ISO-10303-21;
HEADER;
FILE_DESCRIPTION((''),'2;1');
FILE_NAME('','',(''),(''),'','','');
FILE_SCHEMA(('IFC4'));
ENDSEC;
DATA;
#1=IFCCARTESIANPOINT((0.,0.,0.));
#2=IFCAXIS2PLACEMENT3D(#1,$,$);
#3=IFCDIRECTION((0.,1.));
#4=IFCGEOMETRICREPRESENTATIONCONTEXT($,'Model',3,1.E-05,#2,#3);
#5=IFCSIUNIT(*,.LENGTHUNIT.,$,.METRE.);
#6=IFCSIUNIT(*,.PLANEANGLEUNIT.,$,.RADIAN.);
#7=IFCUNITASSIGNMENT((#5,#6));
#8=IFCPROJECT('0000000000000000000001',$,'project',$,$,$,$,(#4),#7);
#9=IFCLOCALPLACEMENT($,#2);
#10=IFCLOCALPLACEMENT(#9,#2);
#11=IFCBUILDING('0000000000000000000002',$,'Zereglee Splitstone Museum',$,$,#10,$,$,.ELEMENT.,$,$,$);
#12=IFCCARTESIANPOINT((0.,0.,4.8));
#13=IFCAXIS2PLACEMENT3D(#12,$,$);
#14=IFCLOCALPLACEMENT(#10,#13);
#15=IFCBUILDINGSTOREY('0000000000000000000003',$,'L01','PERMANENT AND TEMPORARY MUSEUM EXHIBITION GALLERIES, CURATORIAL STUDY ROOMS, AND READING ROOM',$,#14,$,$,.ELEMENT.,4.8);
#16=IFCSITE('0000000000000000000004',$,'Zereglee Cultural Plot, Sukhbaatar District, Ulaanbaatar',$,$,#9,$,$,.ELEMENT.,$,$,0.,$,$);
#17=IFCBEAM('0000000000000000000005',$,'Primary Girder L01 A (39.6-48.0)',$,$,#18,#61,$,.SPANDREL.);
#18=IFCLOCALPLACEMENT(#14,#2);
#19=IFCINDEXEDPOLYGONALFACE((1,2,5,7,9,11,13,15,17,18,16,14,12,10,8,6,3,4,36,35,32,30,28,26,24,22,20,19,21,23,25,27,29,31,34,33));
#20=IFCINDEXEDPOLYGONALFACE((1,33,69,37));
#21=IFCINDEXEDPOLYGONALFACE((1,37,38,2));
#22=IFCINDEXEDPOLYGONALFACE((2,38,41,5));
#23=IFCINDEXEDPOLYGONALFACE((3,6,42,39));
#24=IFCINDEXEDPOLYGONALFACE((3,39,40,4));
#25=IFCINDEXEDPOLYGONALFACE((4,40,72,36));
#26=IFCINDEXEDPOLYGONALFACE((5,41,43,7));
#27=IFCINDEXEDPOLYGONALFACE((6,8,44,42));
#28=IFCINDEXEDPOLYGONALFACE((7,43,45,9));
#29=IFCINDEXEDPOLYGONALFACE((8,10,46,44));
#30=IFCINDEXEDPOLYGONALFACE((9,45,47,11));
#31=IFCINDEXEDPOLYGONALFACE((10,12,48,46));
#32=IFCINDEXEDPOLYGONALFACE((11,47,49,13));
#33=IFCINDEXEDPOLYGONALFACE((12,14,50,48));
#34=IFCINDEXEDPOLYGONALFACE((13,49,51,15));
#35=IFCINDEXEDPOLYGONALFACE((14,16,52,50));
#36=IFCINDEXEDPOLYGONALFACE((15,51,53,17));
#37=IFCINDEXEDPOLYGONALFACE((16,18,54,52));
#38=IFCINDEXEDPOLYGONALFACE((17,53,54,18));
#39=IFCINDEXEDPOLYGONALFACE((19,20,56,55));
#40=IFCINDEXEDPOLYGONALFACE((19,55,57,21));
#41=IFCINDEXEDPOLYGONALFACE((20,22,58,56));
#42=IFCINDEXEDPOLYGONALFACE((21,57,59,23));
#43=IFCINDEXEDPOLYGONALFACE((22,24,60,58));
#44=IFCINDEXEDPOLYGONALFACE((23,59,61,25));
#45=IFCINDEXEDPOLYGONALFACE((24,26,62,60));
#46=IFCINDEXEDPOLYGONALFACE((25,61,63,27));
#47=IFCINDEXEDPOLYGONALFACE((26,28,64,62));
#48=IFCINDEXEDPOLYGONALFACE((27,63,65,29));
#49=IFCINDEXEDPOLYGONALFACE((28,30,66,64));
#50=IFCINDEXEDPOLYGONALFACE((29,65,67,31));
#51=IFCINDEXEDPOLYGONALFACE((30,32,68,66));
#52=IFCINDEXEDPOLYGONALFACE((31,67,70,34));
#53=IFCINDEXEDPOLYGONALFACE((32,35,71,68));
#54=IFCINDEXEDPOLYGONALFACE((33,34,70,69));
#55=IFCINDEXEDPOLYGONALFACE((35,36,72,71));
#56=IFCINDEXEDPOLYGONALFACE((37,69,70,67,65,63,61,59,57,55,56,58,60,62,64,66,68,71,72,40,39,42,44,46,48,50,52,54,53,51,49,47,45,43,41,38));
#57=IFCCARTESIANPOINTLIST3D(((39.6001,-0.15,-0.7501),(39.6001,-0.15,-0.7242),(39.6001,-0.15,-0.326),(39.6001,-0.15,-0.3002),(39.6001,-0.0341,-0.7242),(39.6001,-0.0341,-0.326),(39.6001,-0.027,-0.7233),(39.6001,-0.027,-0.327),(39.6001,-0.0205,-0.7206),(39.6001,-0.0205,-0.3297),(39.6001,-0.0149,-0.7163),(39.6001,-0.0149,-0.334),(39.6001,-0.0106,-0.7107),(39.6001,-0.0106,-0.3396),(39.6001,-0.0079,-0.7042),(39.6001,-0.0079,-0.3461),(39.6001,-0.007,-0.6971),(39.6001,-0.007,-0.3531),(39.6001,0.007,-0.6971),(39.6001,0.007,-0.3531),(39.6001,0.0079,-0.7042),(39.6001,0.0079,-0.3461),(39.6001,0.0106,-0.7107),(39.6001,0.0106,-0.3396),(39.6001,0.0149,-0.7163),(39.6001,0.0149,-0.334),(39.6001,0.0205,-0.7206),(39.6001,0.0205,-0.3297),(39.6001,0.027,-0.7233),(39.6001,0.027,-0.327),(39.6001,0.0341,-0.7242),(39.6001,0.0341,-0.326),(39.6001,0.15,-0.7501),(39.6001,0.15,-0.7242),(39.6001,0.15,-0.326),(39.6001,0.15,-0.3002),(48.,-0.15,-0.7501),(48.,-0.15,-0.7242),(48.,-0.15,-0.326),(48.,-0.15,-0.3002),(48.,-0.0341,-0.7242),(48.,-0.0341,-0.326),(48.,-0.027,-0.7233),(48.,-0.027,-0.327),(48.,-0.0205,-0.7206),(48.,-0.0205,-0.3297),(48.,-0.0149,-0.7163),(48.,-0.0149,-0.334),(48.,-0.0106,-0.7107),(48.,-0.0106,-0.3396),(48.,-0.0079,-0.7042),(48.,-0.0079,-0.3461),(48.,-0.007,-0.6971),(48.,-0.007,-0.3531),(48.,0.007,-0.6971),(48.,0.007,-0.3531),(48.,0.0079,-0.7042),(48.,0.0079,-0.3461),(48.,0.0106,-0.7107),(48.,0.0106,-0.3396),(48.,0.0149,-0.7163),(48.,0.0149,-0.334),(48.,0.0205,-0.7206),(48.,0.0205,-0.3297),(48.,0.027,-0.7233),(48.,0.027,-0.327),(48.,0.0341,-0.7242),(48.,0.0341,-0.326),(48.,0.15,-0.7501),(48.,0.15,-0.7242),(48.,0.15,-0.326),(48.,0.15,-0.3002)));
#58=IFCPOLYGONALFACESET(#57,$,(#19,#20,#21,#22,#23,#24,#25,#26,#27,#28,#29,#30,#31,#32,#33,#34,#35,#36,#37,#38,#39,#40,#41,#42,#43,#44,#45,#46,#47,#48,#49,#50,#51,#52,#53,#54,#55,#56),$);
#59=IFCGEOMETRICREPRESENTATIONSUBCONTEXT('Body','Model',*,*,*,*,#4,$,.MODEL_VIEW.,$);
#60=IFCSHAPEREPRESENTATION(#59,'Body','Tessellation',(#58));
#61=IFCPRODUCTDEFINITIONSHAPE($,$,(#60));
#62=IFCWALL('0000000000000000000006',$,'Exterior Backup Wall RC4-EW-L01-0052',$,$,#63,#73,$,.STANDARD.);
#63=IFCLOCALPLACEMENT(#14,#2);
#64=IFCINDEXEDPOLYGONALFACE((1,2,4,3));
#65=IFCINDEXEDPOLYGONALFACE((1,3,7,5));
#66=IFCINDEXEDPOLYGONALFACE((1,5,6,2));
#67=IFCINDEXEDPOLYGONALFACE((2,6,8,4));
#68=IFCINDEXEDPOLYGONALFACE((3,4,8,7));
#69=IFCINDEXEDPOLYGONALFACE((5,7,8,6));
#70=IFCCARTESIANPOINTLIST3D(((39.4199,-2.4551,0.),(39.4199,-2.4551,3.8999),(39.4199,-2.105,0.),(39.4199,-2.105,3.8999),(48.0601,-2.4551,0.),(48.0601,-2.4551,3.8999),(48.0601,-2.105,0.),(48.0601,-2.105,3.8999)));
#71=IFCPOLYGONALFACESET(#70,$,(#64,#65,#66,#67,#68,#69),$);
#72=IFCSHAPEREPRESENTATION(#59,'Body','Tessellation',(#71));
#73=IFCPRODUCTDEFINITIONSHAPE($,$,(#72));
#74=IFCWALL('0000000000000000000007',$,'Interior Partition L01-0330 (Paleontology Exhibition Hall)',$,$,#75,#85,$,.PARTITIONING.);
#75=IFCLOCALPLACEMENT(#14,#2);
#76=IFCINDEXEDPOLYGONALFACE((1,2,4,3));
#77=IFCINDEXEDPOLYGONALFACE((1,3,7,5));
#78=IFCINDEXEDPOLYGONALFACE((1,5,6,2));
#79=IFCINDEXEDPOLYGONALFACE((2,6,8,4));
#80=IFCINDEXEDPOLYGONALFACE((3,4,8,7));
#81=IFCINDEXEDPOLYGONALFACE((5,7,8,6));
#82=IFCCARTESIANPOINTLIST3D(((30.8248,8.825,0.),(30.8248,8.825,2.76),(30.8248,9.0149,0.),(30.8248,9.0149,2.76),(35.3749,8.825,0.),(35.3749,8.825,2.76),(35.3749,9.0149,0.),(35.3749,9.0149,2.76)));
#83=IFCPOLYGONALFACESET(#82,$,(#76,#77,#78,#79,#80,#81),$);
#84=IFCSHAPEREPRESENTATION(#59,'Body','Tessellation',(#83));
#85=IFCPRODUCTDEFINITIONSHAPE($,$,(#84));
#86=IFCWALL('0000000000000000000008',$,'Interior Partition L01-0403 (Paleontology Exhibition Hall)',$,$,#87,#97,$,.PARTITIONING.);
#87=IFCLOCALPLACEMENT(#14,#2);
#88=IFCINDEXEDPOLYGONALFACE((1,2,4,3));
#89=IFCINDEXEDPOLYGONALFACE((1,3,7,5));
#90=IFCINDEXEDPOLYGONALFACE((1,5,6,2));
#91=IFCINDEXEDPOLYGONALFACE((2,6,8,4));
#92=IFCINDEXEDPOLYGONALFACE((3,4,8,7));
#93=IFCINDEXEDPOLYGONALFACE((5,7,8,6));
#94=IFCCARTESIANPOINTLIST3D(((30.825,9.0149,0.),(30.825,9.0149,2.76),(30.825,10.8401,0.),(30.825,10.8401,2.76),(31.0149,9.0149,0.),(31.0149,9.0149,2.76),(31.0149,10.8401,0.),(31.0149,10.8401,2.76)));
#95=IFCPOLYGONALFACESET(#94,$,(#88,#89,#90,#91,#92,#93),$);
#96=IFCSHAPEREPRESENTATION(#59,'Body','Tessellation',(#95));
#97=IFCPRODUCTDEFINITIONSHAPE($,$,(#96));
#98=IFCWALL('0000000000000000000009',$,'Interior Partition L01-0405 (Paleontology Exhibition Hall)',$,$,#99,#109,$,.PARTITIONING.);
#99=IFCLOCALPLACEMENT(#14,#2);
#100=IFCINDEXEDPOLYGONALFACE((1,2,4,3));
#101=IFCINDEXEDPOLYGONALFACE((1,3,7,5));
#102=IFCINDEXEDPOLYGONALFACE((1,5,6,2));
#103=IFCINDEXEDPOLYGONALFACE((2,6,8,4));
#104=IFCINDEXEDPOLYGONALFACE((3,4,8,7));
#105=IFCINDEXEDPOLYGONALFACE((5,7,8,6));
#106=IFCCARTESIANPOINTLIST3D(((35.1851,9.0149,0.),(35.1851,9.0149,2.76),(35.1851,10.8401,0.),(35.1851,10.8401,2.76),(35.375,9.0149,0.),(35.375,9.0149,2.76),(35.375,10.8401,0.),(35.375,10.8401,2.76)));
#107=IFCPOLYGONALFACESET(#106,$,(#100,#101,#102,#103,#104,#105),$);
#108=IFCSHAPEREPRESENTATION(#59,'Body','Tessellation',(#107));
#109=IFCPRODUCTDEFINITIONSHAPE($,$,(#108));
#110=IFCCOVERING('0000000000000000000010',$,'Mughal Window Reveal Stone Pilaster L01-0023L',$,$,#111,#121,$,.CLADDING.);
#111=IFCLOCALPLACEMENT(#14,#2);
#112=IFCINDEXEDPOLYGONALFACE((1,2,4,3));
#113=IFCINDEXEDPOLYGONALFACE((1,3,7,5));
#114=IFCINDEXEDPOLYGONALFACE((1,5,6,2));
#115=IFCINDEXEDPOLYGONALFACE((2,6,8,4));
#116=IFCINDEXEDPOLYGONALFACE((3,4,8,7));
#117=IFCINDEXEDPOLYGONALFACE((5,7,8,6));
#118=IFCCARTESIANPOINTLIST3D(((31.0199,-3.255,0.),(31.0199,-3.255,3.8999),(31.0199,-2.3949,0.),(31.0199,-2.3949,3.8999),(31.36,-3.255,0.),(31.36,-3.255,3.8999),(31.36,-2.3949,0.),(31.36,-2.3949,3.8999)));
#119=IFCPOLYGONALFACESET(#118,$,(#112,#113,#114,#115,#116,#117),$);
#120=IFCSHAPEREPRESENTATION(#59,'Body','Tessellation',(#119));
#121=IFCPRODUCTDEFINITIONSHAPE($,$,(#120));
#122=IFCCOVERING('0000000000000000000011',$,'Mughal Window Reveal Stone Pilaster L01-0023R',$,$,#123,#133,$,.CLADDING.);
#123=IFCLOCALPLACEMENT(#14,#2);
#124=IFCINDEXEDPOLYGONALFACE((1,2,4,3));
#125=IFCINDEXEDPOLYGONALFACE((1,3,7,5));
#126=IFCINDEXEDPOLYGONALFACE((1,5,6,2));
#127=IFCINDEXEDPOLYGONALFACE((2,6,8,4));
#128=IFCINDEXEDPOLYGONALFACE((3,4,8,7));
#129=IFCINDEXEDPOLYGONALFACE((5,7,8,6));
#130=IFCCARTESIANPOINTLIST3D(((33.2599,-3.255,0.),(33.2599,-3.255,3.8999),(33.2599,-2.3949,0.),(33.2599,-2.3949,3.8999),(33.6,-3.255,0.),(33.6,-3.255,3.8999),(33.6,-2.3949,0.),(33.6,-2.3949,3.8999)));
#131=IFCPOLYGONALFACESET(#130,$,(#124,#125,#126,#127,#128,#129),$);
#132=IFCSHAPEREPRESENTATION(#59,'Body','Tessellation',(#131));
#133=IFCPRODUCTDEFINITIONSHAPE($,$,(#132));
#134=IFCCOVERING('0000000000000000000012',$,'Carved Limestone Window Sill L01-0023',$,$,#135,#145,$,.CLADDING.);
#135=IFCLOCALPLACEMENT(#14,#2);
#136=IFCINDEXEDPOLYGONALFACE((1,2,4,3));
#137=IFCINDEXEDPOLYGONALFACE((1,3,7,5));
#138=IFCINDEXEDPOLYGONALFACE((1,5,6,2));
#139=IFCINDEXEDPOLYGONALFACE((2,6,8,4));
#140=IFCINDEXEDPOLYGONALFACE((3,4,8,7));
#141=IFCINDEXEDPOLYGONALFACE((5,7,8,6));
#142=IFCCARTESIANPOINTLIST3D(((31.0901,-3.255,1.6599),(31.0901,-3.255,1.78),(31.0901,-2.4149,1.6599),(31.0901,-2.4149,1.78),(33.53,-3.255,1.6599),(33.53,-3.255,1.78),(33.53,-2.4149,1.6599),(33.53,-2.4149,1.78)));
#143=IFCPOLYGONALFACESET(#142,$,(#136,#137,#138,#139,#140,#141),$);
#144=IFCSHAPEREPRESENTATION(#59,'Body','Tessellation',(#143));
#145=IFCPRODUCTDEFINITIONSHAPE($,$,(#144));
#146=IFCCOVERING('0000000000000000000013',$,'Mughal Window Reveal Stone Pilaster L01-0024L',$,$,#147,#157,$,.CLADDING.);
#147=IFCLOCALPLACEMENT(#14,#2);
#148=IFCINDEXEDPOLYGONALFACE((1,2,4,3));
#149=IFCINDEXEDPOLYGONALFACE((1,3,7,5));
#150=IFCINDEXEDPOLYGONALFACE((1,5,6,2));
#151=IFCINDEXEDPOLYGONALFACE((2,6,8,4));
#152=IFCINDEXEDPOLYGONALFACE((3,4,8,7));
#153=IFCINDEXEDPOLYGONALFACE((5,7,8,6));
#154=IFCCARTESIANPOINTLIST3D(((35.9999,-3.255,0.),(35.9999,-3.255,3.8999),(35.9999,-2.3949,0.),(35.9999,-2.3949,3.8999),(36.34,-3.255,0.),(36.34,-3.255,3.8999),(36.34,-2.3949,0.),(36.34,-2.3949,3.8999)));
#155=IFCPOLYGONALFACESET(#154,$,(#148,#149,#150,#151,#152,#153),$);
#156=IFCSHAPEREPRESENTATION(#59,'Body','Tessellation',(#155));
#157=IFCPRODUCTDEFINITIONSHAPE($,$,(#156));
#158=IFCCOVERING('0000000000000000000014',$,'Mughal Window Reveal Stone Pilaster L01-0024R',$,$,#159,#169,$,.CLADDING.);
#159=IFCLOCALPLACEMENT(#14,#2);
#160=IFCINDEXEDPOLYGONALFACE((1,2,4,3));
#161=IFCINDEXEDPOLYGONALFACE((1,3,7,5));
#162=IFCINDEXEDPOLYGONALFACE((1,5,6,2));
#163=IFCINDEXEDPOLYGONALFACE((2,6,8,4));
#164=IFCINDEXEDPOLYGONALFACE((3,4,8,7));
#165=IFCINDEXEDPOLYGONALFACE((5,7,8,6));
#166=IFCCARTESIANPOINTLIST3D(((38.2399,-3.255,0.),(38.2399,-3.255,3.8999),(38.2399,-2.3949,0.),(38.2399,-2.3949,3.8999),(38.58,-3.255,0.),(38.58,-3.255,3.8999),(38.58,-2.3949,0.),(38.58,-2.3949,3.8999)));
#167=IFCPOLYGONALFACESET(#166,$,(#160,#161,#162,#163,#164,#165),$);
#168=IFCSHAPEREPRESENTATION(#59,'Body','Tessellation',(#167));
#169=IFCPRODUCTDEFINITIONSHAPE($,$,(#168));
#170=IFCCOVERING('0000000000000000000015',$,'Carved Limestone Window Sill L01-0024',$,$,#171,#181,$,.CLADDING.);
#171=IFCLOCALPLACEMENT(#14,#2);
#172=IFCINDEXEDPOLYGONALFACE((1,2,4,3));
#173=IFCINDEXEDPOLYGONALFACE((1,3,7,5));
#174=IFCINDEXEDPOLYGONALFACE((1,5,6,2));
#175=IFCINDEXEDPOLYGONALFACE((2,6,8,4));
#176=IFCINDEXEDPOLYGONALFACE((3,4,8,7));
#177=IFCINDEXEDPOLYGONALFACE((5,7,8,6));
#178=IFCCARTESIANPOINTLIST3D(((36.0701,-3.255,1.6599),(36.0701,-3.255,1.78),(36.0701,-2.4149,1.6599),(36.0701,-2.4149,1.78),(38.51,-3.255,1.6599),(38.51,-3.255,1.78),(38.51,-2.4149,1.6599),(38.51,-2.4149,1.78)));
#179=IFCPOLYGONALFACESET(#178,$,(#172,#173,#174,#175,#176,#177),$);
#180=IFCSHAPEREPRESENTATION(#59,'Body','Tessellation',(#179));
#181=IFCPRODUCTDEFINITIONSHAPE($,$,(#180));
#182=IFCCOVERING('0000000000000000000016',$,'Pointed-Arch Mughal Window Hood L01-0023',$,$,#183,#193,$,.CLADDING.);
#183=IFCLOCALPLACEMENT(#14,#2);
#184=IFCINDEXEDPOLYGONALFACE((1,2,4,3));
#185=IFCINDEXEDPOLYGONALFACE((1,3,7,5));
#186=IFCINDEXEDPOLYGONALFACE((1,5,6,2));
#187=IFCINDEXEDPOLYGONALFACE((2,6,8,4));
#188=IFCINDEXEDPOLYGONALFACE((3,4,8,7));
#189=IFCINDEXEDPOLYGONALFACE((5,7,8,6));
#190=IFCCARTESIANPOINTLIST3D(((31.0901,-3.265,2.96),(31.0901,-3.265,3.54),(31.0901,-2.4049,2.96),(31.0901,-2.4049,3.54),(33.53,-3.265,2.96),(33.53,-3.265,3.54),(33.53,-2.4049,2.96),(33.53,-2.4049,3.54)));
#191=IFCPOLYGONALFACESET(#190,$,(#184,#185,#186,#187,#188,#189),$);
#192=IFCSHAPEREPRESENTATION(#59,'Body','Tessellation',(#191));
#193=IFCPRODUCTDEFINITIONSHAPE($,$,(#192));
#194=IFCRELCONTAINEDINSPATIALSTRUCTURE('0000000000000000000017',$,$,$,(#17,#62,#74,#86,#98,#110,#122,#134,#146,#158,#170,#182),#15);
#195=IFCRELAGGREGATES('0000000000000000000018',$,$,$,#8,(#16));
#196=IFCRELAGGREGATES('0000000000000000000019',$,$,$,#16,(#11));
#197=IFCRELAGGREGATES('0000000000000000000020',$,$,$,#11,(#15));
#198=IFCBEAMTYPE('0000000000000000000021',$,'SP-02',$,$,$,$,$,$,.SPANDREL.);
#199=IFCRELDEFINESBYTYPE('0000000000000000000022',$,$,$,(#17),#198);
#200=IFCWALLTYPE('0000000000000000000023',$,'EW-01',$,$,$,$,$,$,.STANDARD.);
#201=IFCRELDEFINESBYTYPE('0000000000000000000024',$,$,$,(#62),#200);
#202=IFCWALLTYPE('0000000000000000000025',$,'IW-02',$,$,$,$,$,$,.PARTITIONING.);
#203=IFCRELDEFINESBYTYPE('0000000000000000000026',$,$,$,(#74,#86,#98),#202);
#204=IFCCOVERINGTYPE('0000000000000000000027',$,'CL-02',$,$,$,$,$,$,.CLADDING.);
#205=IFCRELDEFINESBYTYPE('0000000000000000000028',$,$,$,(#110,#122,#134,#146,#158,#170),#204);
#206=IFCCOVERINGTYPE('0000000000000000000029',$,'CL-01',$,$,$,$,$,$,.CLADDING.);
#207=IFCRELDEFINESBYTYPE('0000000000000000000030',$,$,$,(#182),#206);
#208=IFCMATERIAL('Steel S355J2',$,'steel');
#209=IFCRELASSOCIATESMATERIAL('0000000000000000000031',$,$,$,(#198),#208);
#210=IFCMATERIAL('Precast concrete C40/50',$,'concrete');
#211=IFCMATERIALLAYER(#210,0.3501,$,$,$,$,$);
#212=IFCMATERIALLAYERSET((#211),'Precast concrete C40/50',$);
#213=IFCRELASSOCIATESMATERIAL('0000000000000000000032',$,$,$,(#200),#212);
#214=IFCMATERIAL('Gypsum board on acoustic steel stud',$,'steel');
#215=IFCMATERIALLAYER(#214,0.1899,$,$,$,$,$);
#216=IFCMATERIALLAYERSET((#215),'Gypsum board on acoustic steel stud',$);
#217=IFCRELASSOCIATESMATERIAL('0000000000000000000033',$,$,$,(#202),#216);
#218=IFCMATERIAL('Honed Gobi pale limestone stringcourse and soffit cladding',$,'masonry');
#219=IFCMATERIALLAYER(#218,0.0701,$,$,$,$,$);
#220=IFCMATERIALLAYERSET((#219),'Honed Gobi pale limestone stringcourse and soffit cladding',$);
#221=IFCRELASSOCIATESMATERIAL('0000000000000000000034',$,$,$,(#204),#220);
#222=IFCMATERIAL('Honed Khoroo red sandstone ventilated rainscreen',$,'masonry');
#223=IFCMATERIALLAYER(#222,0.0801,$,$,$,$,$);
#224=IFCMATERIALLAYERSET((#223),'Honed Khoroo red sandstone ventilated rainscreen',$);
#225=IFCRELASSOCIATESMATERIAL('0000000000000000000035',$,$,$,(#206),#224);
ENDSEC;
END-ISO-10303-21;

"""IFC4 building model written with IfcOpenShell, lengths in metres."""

from ifc_helpers import new_model, si_unit, direction, frame, frame_2d, origin, origin_2d, place, context, subcontext, project, spatial, rectangle, i_section, extrude, material, layer, layer_set, material_profile, profile_set, type_object, element, save


model = new_model("IFC4")

# Units and contexts
model_context = context("Model", 3, precision=1e-05, world=origin(), true_north=direction((0.0, 1.0)))
body_context = subcontext(model_context, "Body", "Model", "MODEL_VIEW")
ifc_project = project(units=[si_unit("LENGTHUNIT", "METRE"), si_unit("PLANEANGLEUNIT", "RADIAN")], contexts=[model_context])

# Site, building, storey
site_placement = place(None, origin())
site = spatial("IfcSite", under=ifc_project, at=site_placement, Name="Zereglee Cultural Plot, Sukhbaatar District, Ulaanbaatar", CompositionType="ELEMENT", RefElevation=0.0)
building_placement = place(site_placement, origin())
building = spatial("IfcBuilding", under=site, at=building_placement, Name="Zereglee Splitstone Museum", CompositionType="ELEMENT")
storey_placement = place(building_placement, frame((0.0, 0.0, 4.8)))
storey = spatial("IfcBuildingStorey", under=building, at=storey_placement, Name="L01", Description="PERMANENT AND TEMPORARY MUSEUM EXHIBITION GALLERIES, CURATORIAL STUDY ROOMS, AND READING ROOM", CompositionType="ELEMENT", Elevation=4.8)

# Shared definitions
ifc_material_1 = material(Name="Steel S355J2", Category="steel")

# Beam
ifc_material_profile_1 = material_profile(ifc_material_1, i_section(OverallWidth=0.3, OverallDepth=0.45, WebThickness=0.0139, FlangeThickness=0.0259, FilletRadius=0.0271, at=origin_2d()), Name="HE 450 B")
ifc_profile_set_1 = profile_set([ifc_material_profile_1], Name="Steel S355J2")
beam_type_1 = type_object("IfcBeamType", Name="SP-02", PredefinedType="SPANDREL", material=ifc_profile_set_1)
beam_1_placement = place(storey_placement, frame((39.6001, 0.0, -0.5251), z_axis=(1.0, 0.0, 0.0), x_axis=(0.0, 1.0, 0.0)))
element("IfcBeam", 1, at=beam_1_placement, inside=storey, type_object=beam_type_1, Name="Primary Girder L01 A (39.6-48.0)", PredefinedType="SPANDREL", context=body_context, shape_type="SweptSolid", body=[
    extrude(i_section(OverallWidth=0.3, OverallDepth=0.45, WebThickness=0.0139, FlangeThickness=0.0259, FilletRadius=0.0271, at=origin_2d()), origin(), (0.0, 0.0, 1.0), 8.3999),
])

# Walls
ifc_material_2 = material(Name="Precast concrete C40/50", Category="concrete")
ifc_layer_1 = layer(ifc_material_2, 0.3501)
ifc_layer_set_1 = layer_set([ifc_layer_1], Name="Precast concrete C40/50")
wall_type_1 = type_object("IfcWallType", Name="EW-01", PredefinedType="STANDARD", material=ifc_layer_set_1)
wall_1_placement = place(storey_placement, frame((39.4199, -2.28, 0.0), z_axis=(0.0, 0.0, 1.0), x_axis=(1.0, 0.0, 0.0)))
element("IfcWall", 2, at=wall_1_placement, inside=storey, type_object=wall_type_1, Name="Exterior Backup Wall RC4-EW-L01-0052", PredefinedType="STANDARD", context=body_context, shape_type="SweptSolid", body=[
    extrude(rectangle(XDim=8.6401, YDim=0.3501, at=frame_2d((4.3201, 0.0))), origin(), (0.0, 0.0, 1.0), 3.8999),
])
ifc_material_3 = material(Name="Gypsum board on acoustic steel stud", Category="steel")
ifc_layer_2 = layer(ifc_material_3, 0.1899)
ifc_layer_set_2 = layer_set([ifc_layer_2], Name="Gypsum board on acoustic steel stud")
wall_type_2 = type_object("IfcWallType", Name="IW-02", PredefinedType="PARTITIONING", material=ifc_layer_set_2)
wall_2_placement = place(storey_placement, frame((30.825, 8.9199, 0.0), z_axis=(0.0, 0.0, 1.0), x_axis=(1.0, 0.0, 0.0)))
element("IfcWall", 3, at=wall_2_placement, inside=storey, type_object=wall_type_2, Name="Interior Partition L01-0330 (Paleontology Exhibition Hall)", PredefinedType="PARTITIONING", context=body_context, shape_type="SweptSolid", body=[
    extrude(rectangle(XDim=4.55, YDim=0.1899, at=frame_2d((2.2749, 0.0))), origin(), (0.0, 0.0, 1.0), 2.76),
])
for number, where, z_axis, x_axis, name in (
    (4, (30.9199, 9.0149, 0.0), (0.0, 0.0, 1.0), (0.0, 1.0, 0.0), "Interior Partition L01-0403 (Paleontology Exhibition Hall)"),
    (5, (35.28, 9.0149, 0.0), (0.0, 0.0, 1.0), (0.0, 1.0, 0.0), "Interior Partition L01-0405 (Paleontology Exhibition Hall)"),
):
    element("IfcWall", number, at=place(storey_placement, frame(where, z_axis=z_axis, x_axis=x_axis)), inside=storey, type_object=wall_type_2, Name=name, PredefinedType="PARTITIONING", context=body_context, shape_type="SweptSolid", body=[
        extrude(rectangle(XDim=1.8252, YDim=0.1899, at=frame_2d((0.9126, 0.0))), origin(), (0.0, 0.0, 1.0), 2.76),
    ])

# Coverings
ifc_material_4 = material(Name="Honed Gobi pale limestone stringcourse and soffit cladding", Category="masonry")
ifc_layer_3 = layer(ifc_material_4, 0.0701)
ifc_layer_set_3 = layer_set([ifc_layer_3], Name="Honed Gobi pale limestone stringcourse and soffit cladding")
covering_type_1 = type_object("IfcCoveringType", Name="CL-02", PredefinedType="CLADDING", material=ifc_layer_set_3)
for number, where, z_axis, x_axis, name in (
    (6, (31.1899, -2.825, 0.0), (0.0, 0.0, 1.0), (1.0, 0.0, 0.0), "Mughal Window Reveal Stone Pilaster L01-0023L"),
    (7, (33.4299, -2.825, 0.0), (0.0, 0.0, 1.0), (1.0, 0.0, 0.0), "Mughal Window Reveal Stone Pilaster L01-0023R"),
):
    element("IfcCovering", number, at=place(storey_placement, frame(where, z_axis=z_axis, x_axis=x_axis)), inside=storey, type_object=covering_type_1, Name=name, PredefinedType="CLADDING", context=body_context, shape_type="SweptSolid", body=[
        extrude(rectangle(XDim=0.3401, YDim=0.8601, at=origin_2d()), origin(), (0.0, 0.0, 1.0), 3.8999),
    ])
covering_1_placement = place(storey_placement, frame((32.3101, -2.835, 1.6599), z_axis=(0.0, 0.0, 1.0), x_axis=(1.0, 0.0, 0.0)))
element("IfcCovering", 8, at=covering_1_placement, inside=storey, type_object=covering_type_1, Name="Carved Limestone Window Sill L01-0023", PredefinedType="CLADDING", context=body_context, shape_type="SweptSolid", body=[
    extrude(rectangle(XDim=2.4399, YDim=0.8401, at=origin_2d()), origin(), (0.0, 0.0, 1.0), 0.1201),
])
for number, where, z_axis, x_axis, name in (
    (9, (36.1699, -2.825, 0.0), (0.0, 0.0, 1.0), (1.0, 0.0, 0.0), "Mughal Window Reveal Stone Pilaster L01-0024L"),
    (10, (38.4099, -2.825, 0.0), (0.0, 0.0, 1.0), (1.0, 0.0, 0.0), "Mughal Window Reveal Stone Pilaster L01-0024R"),
):
    element("IfcCovering", number, at=place(storey_placement, frame(where, z_axis=z_axis, x_axis=x_axis)), inside=storey, type_object=covering_type_1, Name=name, PredefinedType="CLADDING", context=body_context, shape_type="SweptSolid", body=[
        extrude(rectangle(XDim=0.3401, YDim=0.8601, at=origin_2d()), origin(), (0.0, 0.0, 1.0), 3.8999),
    ])
covering_2_placement = place(storey_placement, frame((37.29, -2.835, 1.6599), z_axis=(0.0, 0.0, 1.0), x_axis=(1.0, 0.0, 0.0)))
element("IfcCovering", 11, at=covering_2_placement, inside=storey, type_object=covering_type_1, Name="Carved Limestone Window Sill L01-0024", PredefinedType="CLADDING", context=body_context, shape_type="SweptSolid", body=[
    extrude(rectangle(XDim=2.4399, YDim=0.8401, at=origin_2d()), origin(), (0.0, 0.0, 1.0), 0.1201),
])
ifc_material_5 = material(Name="Honed Khoroo red sandstone ventilated rainscreen", Category="masonry")
ifc_layer_4 = layer(ifc_material_5, 0.0801)
ifc_layer_set_4 = layer_set([ifc_layer_4], Name="Honed Khoroo red sandstone ventilated rainscreen")
covering_type_2 = type_object("IfcCoveringType", Name="CL-01", PredefinedType="CLADDING", material=ifc_layer_set_4)
for number, where, z_axis, x_axis, name in (
    (12, (32.3101, -2.835, 2.96), (0.0, 0.0, 1.0), (1.0, 0.0, 0.0), "Pointed-Arch Mughal Window Hood L01-0023"),
):
    element("IfcCovering", number, at=place(storey_placement, frame(where, z_axis=z_axis, x_axis=x_axis)), inside=storey, type_object=covering_type_2, Name=name, PredefinedType="CLADDING", context=body_context, shape_type="SweptSolid", body=[
        extrude(rectangle(XDim=2.4399, YDim=0.8601, at=origin_2d()), origin(), (0.0, 0.0, 1.0), 0.5801),
    ])

save(model, "model.ifc")
